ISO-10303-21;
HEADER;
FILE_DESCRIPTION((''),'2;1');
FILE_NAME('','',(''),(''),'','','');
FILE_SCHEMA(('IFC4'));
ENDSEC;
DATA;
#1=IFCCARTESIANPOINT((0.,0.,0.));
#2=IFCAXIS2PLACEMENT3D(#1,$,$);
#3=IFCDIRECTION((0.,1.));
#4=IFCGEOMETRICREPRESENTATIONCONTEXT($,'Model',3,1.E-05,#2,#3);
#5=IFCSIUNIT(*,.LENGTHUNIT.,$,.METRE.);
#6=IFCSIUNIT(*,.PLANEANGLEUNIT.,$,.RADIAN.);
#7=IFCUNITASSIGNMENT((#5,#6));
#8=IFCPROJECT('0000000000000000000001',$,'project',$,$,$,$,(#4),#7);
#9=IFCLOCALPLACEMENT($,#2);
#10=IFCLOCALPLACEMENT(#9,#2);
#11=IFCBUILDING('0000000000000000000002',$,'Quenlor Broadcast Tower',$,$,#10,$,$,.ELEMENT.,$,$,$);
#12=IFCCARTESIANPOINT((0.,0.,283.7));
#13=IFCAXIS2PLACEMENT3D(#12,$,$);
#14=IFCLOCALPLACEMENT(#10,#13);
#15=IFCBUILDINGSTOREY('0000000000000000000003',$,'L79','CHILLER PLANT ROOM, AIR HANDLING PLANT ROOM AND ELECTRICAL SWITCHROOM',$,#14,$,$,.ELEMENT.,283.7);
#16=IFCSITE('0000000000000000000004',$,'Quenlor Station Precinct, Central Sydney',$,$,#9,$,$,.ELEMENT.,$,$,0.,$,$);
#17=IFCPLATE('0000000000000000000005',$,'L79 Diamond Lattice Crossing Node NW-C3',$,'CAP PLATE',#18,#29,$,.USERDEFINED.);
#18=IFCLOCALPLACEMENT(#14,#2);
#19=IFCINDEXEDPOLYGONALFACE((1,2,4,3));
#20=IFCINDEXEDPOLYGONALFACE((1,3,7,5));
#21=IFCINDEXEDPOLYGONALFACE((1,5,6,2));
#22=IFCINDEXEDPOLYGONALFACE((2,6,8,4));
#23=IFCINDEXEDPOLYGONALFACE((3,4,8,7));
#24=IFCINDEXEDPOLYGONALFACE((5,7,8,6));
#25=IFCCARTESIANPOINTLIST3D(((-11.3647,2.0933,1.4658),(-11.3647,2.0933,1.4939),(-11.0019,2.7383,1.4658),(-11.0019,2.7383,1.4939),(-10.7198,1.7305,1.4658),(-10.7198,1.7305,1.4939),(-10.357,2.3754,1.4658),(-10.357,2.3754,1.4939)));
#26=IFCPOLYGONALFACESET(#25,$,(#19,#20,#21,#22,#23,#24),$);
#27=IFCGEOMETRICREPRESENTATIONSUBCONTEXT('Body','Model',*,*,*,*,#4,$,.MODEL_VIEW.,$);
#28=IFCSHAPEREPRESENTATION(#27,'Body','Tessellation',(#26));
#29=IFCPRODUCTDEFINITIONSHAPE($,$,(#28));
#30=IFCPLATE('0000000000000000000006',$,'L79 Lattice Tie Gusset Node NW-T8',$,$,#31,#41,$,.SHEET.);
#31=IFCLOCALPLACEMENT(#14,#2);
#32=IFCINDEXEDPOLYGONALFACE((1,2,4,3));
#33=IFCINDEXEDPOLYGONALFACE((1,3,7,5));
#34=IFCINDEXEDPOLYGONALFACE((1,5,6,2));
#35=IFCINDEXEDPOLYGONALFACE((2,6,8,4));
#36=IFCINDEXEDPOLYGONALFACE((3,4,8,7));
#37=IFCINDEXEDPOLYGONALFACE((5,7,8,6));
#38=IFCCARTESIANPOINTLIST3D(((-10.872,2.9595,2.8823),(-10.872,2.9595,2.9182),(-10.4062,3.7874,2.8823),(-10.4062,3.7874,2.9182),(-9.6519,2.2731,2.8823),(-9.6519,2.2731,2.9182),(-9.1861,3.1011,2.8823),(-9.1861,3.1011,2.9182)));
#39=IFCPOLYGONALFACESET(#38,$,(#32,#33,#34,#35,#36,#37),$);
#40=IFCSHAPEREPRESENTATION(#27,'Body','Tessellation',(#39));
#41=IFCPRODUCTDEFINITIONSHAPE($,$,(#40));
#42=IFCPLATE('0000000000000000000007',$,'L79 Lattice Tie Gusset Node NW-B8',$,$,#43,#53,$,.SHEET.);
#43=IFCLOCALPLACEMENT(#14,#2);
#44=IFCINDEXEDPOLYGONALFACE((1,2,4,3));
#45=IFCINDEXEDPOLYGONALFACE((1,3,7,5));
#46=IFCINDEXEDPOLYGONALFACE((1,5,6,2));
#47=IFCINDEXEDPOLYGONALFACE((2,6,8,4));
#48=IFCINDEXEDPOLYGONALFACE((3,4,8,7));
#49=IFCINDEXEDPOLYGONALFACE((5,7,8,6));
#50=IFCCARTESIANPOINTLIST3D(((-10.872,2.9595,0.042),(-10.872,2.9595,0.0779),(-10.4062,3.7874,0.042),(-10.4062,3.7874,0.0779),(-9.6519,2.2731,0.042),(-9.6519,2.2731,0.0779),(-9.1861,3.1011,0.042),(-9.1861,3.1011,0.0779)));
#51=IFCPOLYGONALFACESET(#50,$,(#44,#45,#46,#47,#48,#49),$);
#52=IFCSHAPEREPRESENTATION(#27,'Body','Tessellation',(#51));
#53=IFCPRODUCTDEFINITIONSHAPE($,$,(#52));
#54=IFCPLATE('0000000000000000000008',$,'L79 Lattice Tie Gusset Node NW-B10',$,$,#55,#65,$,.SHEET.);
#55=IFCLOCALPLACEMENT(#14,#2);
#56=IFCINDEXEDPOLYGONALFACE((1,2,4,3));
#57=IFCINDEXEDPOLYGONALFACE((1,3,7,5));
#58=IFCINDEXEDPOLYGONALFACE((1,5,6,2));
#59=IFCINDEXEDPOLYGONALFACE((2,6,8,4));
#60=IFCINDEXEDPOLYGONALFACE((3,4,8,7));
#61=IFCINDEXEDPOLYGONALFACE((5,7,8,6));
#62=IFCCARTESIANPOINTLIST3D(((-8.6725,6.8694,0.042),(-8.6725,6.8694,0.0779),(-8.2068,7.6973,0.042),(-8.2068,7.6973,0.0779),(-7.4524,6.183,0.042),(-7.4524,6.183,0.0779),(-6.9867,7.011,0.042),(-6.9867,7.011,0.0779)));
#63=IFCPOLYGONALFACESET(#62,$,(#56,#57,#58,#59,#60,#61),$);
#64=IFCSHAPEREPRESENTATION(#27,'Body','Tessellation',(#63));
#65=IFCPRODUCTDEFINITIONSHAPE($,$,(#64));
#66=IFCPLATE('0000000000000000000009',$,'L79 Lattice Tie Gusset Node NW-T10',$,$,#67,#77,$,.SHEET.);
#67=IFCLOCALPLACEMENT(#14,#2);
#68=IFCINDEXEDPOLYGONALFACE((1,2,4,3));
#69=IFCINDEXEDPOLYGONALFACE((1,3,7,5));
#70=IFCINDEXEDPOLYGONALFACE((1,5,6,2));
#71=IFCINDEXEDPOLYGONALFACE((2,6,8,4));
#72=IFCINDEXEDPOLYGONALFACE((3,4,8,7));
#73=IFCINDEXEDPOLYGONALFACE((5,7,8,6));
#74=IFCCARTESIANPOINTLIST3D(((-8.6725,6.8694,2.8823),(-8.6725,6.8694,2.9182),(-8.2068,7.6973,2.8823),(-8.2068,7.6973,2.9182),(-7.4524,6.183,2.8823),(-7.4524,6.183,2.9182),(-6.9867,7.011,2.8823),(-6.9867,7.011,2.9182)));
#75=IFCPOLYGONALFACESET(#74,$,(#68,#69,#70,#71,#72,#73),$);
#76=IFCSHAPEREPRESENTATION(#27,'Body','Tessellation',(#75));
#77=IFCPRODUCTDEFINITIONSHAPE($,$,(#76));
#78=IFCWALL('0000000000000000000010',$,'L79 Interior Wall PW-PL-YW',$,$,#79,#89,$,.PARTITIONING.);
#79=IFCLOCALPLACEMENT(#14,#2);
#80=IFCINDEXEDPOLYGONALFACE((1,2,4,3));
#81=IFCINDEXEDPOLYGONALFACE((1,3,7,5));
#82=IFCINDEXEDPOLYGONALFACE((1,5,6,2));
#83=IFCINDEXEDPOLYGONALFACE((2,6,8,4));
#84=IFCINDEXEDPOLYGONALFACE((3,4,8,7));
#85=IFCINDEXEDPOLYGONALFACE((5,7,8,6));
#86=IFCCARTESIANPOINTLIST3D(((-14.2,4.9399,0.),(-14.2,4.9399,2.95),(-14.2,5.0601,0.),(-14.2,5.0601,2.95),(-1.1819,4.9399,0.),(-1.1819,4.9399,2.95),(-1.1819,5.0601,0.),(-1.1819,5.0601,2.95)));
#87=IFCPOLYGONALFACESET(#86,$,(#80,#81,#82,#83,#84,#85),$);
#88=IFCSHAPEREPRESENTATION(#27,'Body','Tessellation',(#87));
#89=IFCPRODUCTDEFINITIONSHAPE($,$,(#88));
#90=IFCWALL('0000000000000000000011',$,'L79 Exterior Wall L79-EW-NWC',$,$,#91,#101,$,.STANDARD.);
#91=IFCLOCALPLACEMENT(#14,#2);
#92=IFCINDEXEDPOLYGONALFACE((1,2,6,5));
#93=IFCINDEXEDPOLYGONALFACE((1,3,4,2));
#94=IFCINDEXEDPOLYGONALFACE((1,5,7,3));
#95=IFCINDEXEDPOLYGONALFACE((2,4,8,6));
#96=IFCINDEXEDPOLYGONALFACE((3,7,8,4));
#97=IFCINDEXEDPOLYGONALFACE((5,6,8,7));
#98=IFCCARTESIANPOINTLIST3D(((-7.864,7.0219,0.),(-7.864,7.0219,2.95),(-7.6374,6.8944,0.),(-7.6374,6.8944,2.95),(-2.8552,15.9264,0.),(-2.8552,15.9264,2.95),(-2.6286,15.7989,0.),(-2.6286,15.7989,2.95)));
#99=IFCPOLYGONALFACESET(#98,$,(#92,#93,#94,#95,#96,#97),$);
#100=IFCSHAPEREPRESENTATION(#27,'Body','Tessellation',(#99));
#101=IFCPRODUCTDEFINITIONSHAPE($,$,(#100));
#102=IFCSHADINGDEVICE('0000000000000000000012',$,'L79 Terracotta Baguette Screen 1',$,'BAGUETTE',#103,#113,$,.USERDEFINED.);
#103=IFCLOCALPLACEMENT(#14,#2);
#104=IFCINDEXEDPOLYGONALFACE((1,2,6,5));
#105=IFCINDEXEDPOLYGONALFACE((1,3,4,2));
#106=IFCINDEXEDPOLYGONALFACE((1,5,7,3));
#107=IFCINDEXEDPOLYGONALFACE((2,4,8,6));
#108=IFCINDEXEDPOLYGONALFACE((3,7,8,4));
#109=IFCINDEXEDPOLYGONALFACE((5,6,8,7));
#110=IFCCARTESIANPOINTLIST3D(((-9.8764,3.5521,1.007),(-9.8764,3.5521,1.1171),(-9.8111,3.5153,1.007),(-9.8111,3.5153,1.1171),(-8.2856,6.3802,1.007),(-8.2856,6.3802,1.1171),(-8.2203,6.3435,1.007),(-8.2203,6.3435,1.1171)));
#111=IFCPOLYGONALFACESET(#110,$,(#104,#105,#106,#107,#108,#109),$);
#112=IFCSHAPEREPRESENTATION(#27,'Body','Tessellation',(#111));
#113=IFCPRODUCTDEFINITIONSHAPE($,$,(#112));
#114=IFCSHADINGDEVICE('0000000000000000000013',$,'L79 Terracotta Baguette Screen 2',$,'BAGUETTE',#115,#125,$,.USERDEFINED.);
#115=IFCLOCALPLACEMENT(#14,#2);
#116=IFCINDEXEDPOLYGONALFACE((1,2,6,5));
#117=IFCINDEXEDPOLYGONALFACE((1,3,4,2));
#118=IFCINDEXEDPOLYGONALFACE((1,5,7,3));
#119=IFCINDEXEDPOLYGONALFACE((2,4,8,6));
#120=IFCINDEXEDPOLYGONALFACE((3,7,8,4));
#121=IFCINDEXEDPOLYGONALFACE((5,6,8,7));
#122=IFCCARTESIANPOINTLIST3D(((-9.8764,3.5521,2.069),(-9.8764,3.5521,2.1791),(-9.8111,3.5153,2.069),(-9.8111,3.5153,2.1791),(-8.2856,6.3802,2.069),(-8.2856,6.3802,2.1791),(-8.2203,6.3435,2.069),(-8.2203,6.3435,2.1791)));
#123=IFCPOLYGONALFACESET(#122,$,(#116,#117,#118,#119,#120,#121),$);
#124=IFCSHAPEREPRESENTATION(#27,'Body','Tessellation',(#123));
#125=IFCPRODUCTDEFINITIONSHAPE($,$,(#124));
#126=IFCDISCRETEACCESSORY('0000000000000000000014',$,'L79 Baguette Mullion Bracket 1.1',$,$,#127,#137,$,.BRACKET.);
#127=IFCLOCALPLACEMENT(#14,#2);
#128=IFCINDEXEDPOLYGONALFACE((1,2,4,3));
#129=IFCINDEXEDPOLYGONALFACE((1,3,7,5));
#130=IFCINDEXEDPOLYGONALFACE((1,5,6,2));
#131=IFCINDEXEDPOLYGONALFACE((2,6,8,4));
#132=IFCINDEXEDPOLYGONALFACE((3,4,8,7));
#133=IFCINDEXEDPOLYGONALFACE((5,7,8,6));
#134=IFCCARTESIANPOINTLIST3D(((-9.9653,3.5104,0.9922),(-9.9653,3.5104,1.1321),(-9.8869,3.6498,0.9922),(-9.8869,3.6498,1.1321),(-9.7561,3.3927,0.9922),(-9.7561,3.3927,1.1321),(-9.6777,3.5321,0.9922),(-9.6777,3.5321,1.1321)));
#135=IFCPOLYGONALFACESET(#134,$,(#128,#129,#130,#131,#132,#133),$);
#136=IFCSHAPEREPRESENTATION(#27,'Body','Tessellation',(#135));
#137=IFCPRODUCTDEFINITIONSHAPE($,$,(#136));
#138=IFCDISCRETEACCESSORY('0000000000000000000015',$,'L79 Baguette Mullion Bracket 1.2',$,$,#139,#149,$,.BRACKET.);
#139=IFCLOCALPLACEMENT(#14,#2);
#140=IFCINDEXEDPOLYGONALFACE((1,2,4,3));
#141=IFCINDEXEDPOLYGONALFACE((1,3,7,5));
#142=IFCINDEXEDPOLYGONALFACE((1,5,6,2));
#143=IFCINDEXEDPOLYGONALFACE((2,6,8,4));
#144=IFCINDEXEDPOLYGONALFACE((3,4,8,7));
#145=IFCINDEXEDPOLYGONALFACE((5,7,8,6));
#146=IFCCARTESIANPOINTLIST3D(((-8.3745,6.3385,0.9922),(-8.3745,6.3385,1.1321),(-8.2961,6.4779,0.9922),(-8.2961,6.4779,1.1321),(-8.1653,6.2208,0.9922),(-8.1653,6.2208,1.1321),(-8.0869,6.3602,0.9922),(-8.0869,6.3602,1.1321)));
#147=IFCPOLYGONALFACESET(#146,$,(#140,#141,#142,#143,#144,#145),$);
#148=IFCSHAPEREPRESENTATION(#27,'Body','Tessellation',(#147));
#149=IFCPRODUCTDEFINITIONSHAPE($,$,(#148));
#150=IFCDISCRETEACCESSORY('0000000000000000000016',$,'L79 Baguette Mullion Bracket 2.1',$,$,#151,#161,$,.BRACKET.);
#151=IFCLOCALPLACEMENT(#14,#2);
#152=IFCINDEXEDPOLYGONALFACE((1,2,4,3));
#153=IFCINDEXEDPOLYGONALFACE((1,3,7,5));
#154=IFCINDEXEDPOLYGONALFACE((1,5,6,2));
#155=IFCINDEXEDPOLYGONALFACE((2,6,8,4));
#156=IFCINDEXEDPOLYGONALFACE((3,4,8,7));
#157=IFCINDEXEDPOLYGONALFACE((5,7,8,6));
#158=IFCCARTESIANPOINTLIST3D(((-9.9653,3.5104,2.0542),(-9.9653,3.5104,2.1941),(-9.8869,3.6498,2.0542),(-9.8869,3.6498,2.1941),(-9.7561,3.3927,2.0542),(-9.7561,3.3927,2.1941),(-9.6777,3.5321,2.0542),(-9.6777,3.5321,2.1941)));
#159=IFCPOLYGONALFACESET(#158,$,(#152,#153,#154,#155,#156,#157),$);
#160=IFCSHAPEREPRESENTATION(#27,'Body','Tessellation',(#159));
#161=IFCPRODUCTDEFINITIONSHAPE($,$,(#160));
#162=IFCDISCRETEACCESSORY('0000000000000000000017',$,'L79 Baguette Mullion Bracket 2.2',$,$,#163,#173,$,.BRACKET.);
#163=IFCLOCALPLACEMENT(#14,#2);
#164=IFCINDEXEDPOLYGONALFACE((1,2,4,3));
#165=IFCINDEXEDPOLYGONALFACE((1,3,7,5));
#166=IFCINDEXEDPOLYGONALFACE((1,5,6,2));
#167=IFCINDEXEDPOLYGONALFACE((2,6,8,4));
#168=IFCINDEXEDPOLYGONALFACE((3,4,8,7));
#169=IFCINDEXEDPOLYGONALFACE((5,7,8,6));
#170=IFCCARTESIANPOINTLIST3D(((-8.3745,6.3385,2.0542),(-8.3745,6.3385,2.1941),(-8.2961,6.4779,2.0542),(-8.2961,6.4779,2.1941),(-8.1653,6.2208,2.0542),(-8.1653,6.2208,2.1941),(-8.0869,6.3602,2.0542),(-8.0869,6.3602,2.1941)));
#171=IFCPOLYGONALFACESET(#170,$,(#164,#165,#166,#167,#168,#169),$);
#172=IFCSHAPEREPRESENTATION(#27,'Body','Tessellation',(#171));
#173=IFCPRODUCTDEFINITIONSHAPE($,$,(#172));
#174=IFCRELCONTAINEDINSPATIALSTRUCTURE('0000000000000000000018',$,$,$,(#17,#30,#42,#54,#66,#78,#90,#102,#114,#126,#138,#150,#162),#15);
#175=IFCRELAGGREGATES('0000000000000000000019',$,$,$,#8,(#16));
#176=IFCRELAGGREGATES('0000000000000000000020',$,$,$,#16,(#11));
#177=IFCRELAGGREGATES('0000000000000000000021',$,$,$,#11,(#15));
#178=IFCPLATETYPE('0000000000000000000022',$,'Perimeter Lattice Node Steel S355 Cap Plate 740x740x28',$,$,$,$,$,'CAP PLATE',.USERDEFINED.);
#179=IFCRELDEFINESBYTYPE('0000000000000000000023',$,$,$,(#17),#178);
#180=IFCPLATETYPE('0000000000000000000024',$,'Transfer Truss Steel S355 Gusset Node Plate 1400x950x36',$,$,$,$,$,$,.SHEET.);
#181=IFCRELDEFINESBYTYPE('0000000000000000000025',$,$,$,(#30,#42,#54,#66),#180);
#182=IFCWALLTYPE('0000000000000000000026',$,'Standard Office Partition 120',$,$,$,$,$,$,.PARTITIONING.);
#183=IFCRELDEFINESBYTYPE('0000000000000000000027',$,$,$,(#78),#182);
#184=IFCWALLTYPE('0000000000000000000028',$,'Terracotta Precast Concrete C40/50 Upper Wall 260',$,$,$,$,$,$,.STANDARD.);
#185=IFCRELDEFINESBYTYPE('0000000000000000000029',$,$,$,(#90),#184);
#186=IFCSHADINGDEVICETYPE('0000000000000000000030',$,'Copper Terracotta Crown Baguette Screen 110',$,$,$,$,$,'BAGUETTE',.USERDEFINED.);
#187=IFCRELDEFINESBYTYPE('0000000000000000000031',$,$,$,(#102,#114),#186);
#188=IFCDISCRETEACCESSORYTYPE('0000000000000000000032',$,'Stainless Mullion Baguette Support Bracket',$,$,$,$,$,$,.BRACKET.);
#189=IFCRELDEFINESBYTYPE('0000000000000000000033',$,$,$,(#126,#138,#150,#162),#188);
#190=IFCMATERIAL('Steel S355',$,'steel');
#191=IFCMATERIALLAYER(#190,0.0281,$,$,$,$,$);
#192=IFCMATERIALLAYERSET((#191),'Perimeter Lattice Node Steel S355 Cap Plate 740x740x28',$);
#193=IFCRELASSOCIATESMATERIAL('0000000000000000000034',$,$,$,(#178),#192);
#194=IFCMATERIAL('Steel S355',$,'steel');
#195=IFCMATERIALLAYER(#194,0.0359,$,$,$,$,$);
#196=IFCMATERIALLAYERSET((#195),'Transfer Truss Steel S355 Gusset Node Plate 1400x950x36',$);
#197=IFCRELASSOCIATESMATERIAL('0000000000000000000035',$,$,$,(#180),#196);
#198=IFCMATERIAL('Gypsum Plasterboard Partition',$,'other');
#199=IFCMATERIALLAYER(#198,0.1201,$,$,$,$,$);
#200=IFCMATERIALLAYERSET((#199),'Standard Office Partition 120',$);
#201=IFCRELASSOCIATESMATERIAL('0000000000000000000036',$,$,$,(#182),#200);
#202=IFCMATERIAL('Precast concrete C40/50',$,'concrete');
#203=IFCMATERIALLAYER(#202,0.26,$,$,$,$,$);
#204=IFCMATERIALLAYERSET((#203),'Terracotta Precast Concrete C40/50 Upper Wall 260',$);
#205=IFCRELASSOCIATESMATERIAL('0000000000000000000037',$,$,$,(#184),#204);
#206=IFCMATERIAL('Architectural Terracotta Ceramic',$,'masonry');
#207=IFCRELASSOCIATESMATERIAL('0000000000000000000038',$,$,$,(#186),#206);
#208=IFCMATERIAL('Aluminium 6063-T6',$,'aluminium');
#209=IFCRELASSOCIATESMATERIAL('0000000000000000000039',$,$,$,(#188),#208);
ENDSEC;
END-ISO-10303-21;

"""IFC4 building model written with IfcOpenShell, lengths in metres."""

from ifc_helpers import new_model, si_unit, direction, frame, frame_2d, origin, origin_2d, place, context, subcontext, project, spatial, rectangle, extrude, material, layer, layer_set, material_profile, profile_set, type_object, element, save


model = new_model("IFC4")

# Units and contexts
model_context = context("Model", 3, precision=1e-05, world=origin(), true_north=direction((0.0, 1.0)))
body_context = subcontext(model_context, "Body", "Model", "MODEL_VIEW")
ifc_project = project(units=[si_unit("LENGTHUNIT", "METRE"), si_unit("PLANEANGLEUNIT", "RADIAN")], contexts=[model_context])

# Site, building, storey
site_placement = place(None, origin())
site = spatial("IfcSite", under=ifc_project, at=site_placement, Name="Quenlor Station Precinct, Central Sydney", CompositionType="ELEMENT", RefElevation=0.0)
building_placement = place(site_placement, origin())
building = spatial("IfcBuilding", under=site, at=building_placement, Name="Quenlor Broadcast Tower", CompositionType="ELEMENT")
storey_placement = place(building_placement, frame((0.0, 0.0, 283.7)))
storey = spatial("IfcBuildingStorey", under=building, at=storey_placement, Name="L79", Description="CHILLER PLANT ROOM, AIR HANDLING PLANT ROOM AND ELECTRICAL SWITCHROOM", CompositionType="ELEMENT", Elevation=283.7)

# Plates
ifc_material_1 = material(Name="Steel S355", Category="steel")
ifc_layer_1 = layer(ifc_material_1, 0.0281)
ifc_layer_set_1 = layer_set([ifc_layer_1], Name="Perimeter Lattice Node Steel S355 Cap Plate 740x740x28")
plate_type_1 = type_object("IfcPlateType", Name="Perimeter Lattice Node Steel S355 Cap Plate 740x740x28", ElementType="CAP PLATE", PredefinedType="USERDEFINED", material=ifc_layer_set_1)
plate_1_placement = place(storey_placement, frame((-10.8608, 2.2344, 1.4658), z_axis=(0.0, 0.0, 1.0), x_axis=(0.490295, 0.871556, 0.0)))
element("IfcPlate", 1, at=plate_1_placement, inside=storey, type_object=plate_type_1, Name="L79 Diamond Lattice Crossing Node NW-C3", ObjectType="CAP PLATE", PredefinedType="USERDEFINED", context=body_context, shape_type="SweptSolid", body=[
    extrude(rectangle(XDim=0.74, YDim=0.74, at=origin_2d()), origin(), (0.0, 0.0, 1.0), 0.0281),
])
ifc_material_2 = material(Name="Steel S355", Category="steel")
ifc_layer_2 = layer(ifc_material_2, 0.0359)
ifc_layer_set_2 = layer_set([ifc_layer_2], Name="Transfer Truss Steel S355 Gusset Node Plate 1400x950x36")
plate_type_2 = type_object("IfcPlateType", Name="Transfer Truss Steel S355 Gusset Node Plate 1400x950x36", PredefinedType="SHEET", material=ifc_layer_set_2)
for number, where, z_axis, x_axis, name in (
    (2, (-10.0291, 3.0303, 2.8823), (0.0, 0.0, 1.0), (-0.871556, 0.490295, 0.0), "L79 Lattice Tie Gusset Node NW-T8"),
    (3, (-10.0291, 3.0303, 0.042), (0.0, 0.0, 1.0), (-0.871556, 0.490295, 0.0), "L79 Lattice Tie Gusset Node NW-B8"),
    (4, (-7.8296, 6.9402, 0.042), (0.0, 0.0, 1.0), (-0.871556, 0.490295, 0.0), "L79 Lattice Tie Gusset Node NW-B10"),
    (5, (-7.8296, 6.9402, 2.8823), (0.0, 0.0, 1.0), (-0.871556, 0.490295, 0.0), "L79 Lattice Tie Gusset Node NW-T10"),
):
    element("IfcPlate", number, at=place(storey_placement, frame(where, z_axis=z_axis, x_axis=x_axis)), inside=storey, type_object=plate_type_2, Name=name, PredefinedType="SHEET", context=body_context, shape_type="SweptSolid", body=[
        extrude(rectangle(XDim=1.3999, YDim=0.95, at=origin_2d()), origin(), (0.0, 0.0, 1.0), 0.0359),
    ])

# Walls
ifc_material_3 = material(Name="Gypsum Plasterboard Partition", Category="other")
ifc_layer_3 = layer(ifc_material_3, 0.1201)
ifc_layer_set_3 = layer_set([ifc_layer_3], Name="Standard Office Partition 120")
wall_type_1 = type_object("IfcWallType", Name="Standard Office Partition 120", PredefinedType="PARTITIONING", material=ifc_layer_set_3)
wall_1_placement = place(storey_placement, frame((-14.2, 5.0, 0.0), z_axis=(0.0, 0.0, 1.0), x_axis=(1.0, 0.0, 0.0)))
element("IfcWall", 6, at=wall_1_placement, inside=storey, type_object=wall_type_1, Name="L79 Interior Wall PW-PL-YW", PredefinedType="PARTITIONING", context=body_context, shape_type="SweptSolid", body=[
    extrude(rectangle(XDim=13.0181, YDim=0.1201, at=frame_2d((6.509, 0.0))), origin(), (0.0, 0.0, 1.0), 2.95),
])
ifc_material_4 = material(Name="Precast concrete C40/50", Category="concrete")
ifc_layer_4 = layer(ifc_material_4, 0.26)
ifc_layer_set_4 = layer_set([ifc_layer_4], Name="Terracotta Precast Concrete C40/50 Upper Wall 260")
wall_type_2 = type_object("IfcWallType", Name="Terracotta Precast Concrete C40/50 Upper Wall 260", PredefinedType="STANDARD", material=ifc_layer_set_4)
wall_2_placement = place(storey_placement, frame((-7.7507, 6.958, 0.0), z_axis=(0.0, 0.0, 1.0), x_axis=(0.49026, 0.871576, 0.0)))
element("IfcWall", 7, at=wall_2_placement, inside=storey, type_object=wall_type_2, Name="L79 Exterior Wall L79-EW-NWC", PredefinedType="STANDARD", context=body_context, shape_type="SweptSolid", body=[
    extrude(rectangle(XDim=10.2166, YDim=0.26, at=frame_2d((5.1084, 0.0))), origin(), (0.0, 0.0, 1.0), 2.95),
])

# Shading devices
ifc_material_5 = material(Name="Architectural Terracotta Ceramic", Category="masonry")
ifc_material_profile_1 = material_profile(ifc_material_5, rectangle(XDim=0.075, YDim=0.1101, at=origin_2d()))
ifc_profile_set_1 = profile_set([ifc_material_profile_1], Name="Architectural Terracotta Ceramic BAG75x110")
shading_device_type = type_object("IfcShadingDeviceType", Name="Copper Terracotta Crown Baguette Screen 110", ElementType="BAGUETTE", PredefinedType="USERDEFINED", material=ifc_profile_set_1)
for number, where, z_axis, x_axis, name in (
    (8, (-9.8438, 3.5337, 1.062), (0.490261, 0.871576, 0.0), (-0.871576, 0.490261, 0.0), "L79 Terracotta Baguette Screen 1"),
    (9, (-9.8438, 3.5337, 2.124), (0.490261, 0.871576, 0.0), (-0.871576, 0.490261, 0.0), "L79 Terracotta Baguette Screen 2"),
):
    element("IfcShadingDevice", number, at=place(storey_placement, frame(where, z_axis=z_axis, x_axis=x_axis)), inside=storey, type_object=shading_device_type, Name=name, ObjectType="BAGUETTE", PredefinedType="USERDEFINED", context=body_context, shape_type="SweptSolid", body=[
        extrude(rectangle(XDim=0.075, YDim=0.1101, at=origin_2d()), origin(), (0.0, 0.0, 1.0), 3.2449),
    ])

# Discrete accessories
ifc_material_6 = material(Name="Aluminium 6063-T6", Category="aluminium")
discrete_accessory_type = type_object("IfcDiscreteAccessoryType", Name="Stainless Mullion Baguette Support Bracket", PredefinedType="BRACKET", material=ifc_material_6)
for number, where, z_axis, x_axis, name in (
    (10, (-9.8215, 3.5212, 0.9922), (0.0, 0.0, 1.0), (0.490268, 0.871572, 0.0), "L79 Baguette Mullion Bracket 1.1"),
    (11, (-8.2307, 6.3494, 0.9922), (0.0, 0.0, 1.0), (0.490268, 0.871572, 0.0), "L79 Baguette Mullion Bracket 1.2"),
    (12, (-9.8215, 3.5212, 2.0542), (0.0, 0.0, 1.0), (0.490268, 0.871572, 0.0), "L79 Baguette Mullion Bracket 2.1"),
    (13, (-8.2307, 6.3494, 2.0542), (0.0, 0.0, 1.0), (0.490268, 0.871572, 0.0), "L79 Baguette Mullion Bracket 2.2"),
):
    element("IfcDiscreteAccessory", number, at=place(storey_placement, frame(where, z_axis=z_axis, x_axis=x_axis)), inside=storey, type_object=discrete_accessory_type, Name=name, PredefinedType="BRACKET", context=body_context, shape_type="SweptSolid", body=[
        extrude(rectangle(XDim=0.1599, YDim=0.24, at=origin_2d()), origin(), (0.0, 0.0, 1.0), 0.1399),
    ])

save(model, "model.ifc")
